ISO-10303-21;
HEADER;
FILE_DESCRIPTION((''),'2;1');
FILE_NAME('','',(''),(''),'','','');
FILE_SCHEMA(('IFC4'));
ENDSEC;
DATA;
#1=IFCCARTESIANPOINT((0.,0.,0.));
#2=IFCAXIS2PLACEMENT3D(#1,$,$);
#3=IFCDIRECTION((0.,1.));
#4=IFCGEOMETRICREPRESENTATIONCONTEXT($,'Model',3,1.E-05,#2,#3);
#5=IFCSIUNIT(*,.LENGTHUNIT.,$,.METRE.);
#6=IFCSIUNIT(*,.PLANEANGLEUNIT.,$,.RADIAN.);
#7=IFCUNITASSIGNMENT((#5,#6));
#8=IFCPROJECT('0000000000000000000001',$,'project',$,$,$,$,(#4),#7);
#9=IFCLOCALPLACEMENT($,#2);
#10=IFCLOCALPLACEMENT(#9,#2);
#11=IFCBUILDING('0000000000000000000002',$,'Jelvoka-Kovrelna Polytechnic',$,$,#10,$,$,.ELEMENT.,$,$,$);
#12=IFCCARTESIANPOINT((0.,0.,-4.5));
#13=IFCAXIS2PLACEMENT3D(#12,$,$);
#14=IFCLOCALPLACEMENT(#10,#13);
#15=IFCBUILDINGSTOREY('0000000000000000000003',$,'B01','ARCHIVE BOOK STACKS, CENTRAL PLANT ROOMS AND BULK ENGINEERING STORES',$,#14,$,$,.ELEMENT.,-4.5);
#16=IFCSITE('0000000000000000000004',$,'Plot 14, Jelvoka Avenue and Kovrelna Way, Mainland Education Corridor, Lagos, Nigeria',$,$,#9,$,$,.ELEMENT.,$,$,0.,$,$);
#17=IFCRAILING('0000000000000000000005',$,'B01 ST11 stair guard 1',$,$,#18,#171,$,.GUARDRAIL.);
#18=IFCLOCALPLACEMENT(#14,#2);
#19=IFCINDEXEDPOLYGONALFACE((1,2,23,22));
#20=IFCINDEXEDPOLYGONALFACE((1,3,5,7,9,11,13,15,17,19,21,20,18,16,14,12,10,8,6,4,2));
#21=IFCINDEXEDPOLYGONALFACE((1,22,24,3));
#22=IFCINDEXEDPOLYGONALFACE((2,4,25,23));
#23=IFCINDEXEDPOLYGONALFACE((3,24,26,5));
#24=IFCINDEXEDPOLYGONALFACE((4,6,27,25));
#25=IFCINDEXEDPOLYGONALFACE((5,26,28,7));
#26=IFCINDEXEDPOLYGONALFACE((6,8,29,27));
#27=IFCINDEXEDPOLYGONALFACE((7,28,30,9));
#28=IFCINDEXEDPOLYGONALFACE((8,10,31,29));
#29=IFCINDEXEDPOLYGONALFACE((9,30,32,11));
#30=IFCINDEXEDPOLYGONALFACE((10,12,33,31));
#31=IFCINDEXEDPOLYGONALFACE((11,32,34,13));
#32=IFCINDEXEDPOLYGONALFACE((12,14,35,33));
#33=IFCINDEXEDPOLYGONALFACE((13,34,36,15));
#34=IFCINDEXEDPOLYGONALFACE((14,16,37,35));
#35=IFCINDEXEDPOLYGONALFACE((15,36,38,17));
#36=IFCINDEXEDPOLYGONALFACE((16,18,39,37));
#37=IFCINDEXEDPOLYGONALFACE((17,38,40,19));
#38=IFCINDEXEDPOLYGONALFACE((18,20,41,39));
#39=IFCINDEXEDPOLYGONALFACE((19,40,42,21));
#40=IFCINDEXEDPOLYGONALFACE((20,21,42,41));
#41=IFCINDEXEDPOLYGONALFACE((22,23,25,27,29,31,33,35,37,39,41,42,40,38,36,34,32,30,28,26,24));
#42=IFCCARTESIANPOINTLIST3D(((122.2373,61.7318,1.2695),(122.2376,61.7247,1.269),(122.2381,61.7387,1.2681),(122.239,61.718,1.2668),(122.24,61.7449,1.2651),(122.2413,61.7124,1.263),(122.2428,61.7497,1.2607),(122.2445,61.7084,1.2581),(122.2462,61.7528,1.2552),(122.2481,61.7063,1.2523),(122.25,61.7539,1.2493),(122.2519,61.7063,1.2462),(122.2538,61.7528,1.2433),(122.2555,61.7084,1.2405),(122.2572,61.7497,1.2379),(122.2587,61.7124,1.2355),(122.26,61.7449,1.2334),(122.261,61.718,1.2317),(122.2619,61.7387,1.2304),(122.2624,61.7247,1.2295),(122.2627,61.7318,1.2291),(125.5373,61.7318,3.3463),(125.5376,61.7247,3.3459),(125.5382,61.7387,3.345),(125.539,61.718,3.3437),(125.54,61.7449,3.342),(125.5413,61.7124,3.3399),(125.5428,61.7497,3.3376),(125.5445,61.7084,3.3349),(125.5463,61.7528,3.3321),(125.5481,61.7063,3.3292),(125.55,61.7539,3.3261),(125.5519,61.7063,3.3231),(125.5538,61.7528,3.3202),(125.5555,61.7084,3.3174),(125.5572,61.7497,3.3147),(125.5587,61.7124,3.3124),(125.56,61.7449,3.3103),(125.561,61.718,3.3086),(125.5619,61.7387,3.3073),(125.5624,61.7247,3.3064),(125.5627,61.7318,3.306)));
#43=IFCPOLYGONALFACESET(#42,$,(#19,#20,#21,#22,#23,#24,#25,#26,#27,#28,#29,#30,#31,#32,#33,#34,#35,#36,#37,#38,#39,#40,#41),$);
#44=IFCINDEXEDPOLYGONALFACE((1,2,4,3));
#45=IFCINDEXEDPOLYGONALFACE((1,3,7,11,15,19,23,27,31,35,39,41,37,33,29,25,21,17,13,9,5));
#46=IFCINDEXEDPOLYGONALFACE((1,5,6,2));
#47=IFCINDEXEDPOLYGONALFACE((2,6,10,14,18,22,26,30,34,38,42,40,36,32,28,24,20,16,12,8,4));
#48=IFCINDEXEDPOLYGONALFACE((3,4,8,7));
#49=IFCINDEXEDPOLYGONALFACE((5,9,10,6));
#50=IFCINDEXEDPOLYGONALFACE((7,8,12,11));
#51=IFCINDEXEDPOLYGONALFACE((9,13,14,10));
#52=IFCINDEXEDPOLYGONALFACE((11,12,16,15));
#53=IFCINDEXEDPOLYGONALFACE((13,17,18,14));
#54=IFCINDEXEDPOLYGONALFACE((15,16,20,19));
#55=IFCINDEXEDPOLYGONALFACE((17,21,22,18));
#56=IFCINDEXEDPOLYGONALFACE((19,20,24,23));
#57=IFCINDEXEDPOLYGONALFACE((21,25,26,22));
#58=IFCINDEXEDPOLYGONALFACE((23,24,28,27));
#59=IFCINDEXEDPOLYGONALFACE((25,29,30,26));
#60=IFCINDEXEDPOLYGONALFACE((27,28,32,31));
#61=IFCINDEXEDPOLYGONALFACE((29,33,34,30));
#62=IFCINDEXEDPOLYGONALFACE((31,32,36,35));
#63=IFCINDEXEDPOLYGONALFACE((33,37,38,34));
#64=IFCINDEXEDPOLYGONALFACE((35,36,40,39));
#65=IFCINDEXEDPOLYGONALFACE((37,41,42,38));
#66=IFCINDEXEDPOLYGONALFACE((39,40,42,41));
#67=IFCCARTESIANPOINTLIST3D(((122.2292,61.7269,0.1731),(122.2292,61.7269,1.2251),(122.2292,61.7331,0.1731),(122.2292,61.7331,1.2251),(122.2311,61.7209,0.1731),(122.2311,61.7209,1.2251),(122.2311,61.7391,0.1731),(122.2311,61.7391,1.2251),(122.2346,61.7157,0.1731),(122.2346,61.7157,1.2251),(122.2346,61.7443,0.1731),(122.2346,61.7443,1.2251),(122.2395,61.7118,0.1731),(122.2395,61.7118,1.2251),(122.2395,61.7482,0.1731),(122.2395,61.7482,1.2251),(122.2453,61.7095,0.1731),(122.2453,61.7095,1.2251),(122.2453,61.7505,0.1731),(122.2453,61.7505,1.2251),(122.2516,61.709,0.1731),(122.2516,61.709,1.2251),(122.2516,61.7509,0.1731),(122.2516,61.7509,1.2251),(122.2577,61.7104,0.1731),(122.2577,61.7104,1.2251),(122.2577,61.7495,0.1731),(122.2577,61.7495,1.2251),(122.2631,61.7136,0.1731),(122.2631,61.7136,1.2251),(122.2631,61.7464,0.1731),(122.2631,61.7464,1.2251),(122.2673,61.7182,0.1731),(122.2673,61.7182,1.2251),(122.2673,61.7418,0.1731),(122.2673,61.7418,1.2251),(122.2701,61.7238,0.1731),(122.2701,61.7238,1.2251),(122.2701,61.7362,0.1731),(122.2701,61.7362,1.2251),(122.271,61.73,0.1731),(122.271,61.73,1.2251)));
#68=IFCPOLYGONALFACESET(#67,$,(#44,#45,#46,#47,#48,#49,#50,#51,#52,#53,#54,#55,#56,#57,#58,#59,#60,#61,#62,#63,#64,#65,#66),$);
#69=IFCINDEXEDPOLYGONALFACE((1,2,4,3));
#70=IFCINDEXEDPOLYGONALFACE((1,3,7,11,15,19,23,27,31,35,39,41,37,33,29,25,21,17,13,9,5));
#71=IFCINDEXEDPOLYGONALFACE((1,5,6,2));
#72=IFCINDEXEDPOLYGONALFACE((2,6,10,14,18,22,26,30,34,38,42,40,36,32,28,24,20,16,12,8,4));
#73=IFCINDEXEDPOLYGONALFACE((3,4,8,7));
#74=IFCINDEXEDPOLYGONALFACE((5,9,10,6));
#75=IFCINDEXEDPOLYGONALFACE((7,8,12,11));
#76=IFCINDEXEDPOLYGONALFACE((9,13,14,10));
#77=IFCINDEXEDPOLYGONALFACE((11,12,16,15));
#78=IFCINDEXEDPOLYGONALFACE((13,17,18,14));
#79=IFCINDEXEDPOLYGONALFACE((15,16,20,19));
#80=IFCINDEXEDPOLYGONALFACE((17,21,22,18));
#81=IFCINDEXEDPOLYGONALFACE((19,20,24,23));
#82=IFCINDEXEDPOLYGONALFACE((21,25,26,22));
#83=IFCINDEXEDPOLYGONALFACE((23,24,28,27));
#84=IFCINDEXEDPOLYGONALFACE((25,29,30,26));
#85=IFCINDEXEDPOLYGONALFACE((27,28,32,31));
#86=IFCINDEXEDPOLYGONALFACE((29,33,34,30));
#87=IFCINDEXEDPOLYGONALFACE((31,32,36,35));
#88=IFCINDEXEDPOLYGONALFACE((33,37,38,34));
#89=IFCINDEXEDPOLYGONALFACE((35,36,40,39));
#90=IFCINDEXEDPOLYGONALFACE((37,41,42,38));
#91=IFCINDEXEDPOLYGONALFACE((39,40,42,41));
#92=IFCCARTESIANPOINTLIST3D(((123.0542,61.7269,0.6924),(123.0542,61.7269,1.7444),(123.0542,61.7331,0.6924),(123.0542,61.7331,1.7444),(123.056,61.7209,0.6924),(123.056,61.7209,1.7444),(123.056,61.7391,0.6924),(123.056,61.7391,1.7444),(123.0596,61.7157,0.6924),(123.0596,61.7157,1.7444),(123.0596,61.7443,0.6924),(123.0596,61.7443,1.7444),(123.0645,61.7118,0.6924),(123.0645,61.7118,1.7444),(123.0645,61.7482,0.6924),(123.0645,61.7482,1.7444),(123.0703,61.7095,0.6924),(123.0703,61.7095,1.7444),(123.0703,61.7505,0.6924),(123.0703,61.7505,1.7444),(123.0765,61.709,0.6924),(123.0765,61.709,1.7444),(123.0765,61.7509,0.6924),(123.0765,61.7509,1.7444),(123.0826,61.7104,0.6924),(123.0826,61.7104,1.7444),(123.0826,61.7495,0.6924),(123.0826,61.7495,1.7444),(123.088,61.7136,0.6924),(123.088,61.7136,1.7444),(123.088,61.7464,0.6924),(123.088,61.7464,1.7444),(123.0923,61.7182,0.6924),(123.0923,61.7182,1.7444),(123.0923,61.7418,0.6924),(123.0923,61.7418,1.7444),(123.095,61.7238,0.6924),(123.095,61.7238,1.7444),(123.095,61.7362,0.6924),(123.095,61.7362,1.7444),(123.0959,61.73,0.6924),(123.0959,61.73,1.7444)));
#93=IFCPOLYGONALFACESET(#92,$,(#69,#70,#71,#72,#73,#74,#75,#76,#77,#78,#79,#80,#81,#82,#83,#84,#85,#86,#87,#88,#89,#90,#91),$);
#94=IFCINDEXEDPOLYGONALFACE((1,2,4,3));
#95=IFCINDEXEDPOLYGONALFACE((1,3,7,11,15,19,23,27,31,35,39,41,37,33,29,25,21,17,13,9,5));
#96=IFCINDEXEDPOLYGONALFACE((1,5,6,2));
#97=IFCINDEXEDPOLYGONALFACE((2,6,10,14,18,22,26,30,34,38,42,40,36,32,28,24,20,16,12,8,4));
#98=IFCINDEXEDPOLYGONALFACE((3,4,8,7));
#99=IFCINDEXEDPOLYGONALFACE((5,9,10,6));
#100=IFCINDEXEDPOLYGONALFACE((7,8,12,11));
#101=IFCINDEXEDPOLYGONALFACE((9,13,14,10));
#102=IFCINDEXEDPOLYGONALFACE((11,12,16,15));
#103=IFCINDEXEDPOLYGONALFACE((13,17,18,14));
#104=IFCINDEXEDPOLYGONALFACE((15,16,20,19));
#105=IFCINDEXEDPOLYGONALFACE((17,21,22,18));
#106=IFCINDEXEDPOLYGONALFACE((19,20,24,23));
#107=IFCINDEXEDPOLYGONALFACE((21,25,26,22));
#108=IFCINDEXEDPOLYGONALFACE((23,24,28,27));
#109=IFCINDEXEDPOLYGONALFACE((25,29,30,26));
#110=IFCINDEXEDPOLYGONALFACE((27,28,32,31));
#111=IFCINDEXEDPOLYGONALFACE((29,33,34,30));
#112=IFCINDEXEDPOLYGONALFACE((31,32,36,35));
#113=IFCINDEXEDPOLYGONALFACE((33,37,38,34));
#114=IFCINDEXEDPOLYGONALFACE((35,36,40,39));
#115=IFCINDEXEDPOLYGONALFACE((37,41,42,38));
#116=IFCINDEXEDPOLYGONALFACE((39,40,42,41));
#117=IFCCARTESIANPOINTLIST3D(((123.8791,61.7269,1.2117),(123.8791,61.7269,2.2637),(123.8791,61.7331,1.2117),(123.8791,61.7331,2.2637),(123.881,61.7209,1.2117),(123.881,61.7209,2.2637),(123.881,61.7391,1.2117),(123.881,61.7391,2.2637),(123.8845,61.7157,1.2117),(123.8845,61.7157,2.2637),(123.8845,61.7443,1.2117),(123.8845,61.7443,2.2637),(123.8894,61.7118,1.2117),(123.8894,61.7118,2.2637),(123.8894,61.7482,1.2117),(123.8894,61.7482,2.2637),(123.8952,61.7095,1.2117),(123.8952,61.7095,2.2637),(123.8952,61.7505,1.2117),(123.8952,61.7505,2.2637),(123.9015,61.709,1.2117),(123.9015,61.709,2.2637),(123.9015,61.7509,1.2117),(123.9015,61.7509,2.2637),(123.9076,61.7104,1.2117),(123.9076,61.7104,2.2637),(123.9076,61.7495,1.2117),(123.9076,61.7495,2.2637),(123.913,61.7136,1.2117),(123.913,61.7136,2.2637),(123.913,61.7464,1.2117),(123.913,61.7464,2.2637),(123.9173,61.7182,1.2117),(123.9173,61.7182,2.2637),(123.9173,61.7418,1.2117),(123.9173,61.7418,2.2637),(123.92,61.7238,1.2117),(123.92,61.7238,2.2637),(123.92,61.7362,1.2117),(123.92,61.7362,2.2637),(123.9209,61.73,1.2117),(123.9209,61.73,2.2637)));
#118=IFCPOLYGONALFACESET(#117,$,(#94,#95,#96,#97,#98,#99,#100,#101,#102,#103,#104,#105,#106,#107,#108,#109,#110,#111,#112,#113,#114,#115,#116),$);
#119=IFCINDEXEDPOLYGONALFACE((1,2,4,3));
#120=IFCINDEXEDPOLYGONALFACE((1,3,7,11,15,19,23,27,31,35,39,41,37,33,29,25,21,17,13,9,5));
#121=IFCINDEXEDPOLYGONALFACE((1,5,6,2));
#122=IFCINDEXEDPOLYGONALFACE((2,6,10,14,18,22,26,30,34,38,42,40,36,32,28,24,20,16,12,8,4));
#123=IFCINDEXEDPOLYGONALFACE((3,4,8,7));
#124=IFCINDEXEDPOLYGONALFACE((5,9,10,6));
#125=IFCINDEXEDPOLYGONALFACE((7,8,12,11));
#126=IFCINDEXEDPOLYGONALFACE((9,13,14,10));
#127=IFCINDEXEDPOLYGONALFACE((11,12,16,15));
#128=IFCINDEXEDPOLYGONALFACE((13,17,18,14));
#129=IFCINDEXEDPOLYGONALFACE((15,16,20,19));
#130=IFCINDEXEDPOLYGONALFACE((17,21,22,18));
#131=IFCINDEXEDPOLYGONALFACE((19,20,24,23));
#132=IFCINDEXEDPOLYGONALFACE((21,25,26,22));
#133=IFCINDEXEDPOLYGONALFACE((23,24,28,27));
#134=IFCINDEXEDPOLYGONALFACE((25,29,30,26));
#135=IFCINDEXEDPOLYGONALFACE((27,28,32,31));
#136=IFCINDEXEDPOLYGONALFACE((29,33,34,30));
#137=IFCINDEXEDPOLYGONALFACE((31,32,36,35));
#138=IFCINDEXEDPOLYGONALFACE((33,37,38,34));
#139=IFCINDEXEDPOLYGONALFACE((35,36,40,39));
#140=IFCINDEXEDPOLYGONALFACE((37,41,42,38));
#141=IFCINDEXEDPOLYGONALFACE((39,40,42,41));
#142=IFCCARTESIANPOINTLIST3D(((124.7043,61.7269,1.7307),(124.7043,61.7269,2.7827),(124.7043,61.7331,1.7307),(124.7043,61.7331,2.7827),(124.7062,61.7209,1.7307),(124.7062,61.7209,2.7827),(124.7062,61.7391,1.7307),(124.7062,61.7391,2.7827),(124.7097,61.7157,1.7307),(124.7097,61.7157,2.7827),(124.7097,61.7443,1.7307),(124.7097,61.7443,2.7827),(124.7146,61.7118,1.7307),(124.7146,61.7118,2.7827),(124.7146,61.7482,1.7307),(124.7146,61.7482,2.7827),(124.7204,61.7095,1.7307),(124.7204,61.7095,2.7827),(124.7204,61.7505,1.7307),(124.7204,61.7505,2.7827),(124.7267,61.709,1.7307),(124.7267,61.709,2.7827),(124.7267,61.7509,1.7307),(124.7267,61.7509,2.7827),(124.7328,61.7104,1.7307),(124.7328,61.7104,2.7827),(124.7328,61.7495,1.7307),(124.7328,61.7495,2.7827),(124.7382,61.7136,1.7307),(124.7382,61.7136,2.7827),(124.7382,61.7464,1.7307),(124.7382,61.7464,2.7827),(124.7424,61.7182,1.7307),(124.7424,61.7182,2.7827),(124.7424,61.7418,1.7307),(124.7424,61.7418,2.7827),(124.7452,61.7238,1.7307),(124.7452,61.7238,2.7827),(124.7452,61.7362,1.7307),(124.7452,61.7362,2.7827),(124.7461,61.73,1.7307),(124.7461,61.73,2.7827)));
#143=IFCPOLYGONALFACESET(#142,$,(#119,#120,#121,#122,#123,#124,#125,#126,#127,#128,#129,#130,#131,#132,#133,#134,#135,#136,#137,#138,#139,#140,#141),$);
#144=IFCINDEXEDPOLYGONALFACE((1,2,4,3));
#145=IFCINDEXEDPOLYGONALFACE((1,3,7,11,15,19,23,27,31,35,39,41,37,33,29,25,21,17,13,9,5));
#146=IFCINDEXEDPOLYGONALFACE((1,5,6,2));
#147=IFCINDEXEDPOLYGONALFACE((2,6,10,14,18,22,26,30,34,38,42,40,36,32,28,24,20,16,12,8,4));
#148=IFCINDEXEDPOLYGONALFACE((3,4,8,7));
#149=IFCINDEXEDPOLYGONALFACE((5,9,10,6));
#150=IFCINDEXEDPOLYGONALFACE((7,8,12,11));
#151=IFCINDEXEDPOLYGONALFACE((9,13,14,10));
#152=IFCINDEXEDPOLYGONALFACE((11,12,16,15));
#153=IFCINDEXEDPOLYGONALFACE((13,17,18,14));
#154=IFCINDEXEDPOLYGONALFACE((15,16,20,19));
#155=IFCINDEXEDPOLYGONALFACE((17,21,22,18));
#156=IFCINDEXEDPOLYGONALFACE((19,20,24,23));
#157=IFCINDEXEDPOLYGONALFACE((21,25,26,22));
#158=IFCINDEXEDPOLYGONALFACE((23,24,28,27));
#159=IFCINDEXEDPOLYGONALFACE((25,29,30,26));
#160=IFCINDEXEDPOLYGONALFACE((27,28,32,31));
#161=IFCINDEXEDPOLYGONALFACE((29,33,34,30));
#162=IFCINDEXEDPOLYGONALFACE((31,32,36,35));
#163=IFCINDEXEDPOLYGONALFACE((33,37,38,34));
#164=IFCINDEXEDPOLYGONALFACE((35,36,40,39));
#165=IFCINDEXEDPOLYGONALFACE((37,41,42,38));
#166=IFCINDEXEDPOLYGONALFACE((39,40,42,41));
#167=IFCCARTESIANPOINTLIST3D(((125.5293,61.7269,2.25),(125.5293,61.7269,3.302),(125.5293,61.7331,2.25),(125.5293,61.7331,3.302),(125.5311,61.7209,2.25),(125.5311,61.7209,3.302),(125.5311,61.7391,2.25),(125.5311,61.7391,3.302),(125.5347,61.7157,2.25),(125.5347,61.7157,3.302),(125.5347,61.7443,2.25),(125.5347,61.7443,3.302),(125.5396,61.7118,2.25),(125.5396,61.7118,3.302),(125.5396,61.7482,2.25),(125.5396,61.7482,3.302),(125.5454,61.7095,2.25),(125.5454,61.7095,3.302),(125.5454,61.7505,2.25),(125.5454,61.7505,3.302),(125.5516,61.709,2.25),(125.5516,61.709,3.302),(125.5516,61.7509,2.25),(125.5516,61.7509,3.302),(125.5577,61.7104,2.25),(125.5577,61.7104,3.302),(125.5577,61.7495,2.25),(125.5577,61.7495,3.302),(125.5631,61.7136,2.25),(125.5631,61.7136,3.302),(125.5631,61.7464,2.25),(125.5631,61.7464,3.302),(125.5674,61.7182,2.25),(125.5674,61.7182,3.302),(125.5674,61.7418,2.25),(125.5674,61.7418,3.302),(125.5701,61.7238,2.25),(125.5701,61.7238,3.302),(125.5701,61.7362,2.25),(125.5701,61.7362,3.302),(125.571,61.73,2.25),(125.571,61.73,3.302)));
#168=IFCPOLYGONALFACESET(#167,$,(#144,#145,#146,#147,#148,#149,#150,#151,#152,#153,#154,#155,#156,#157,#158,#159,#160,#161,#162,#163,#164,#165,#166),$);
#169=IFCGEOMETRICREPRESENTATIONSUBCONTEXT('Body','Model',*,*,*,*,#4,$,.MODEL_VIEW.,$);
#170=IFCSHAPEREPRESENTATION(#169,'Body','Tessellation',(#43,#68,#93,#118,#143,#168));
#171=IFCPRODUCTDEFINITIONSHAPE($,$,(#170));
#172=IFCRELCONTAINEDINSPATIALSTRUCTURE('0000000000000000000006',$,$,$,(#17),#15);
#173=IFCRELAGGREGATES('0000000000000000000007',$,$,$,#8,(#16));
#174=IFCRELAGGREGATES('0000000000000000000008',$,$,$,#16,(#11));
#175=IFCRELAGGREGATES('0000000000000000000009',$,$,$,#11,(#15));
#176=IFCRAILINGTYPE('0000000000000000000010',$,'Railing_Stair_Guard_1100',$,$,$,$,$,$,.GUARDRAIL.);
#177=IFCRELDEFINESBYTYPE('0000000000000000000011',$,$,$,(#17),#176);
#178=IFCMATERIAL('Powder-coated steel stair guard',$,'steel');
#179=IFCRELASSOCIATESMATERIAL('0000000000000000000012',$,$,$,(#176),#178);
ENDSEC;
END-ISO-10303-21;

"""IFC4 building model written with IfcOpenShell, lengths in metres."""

from ifc_helpers import new_model, si_unit, direction, frame, origin, origin_2d, place, context, subcontext, project, spatial, circle, extrude, material, type_object, element, save


model = new_model("IFC4")

# Units and contexts
model_context = context("Model", 3, precision=1e-05, world=origin(), true_north=direction((0.0, 1.0)))
body_context = subcontext(model_context, "Body", "Model", "MODEL_VIEW")
ifc_project = project(units=[si_unit("LENGTHUNIT", "METRE"), si_unit("PLANEANGLEUNIT", "RADIAN")], contexts=[model_context])

# Site, building, storey
site_placement = place(None, origin())
site = spatial("IfcSite", under=ifc_project, at=site_placement, Name="Plot 14, Jelvoka Avenue and Kovrelna Way, Mainland Education Corridor, Lagos, Nigeria", CompositionType="ELEMENT", RefElevation=0.0)
building_placement = place(site_placement, origin())
building = spatial("IfcBuilding", under=site, at=building_placement, Name="Jelvoka-Kovrelna Polytechnic", CompositionType="ELEMENT")
storey_placement = place(building_placement, frame((0.0, 0.0, -4.5)))
storey = spatial("IfcBuildingStorey", under=building, at=storey_placement, Name="B01", Description="ARCHIVE BOOK STACKS, CENTRAL PLANT ROOMS AND BULK ENGINEERING STORES", CompositionType="ELEMENT", Elevation=-4.5)

# Railing
ifc_material_1 = material(Name="Powder-coated steel stair guard", Category="steel")
railing_type_1 = type_object("IfcRailingType", Name="Railing_Stair_Guard_1100", PredefinedType="GUARDRAIL", material=ifc_material_1)
railing_1_placement = place(storey_placement, frame((122.25, 61.73, 0.1731)))
element("IfcRailing", 1, at=railing_1_placement, inside=storey, type_object=railing_type_1, Name="B01 ST11 stair guard 1", PredefinedType="GUARDRAIL", context=body_context, shape_type="SweptSolid", body=[
    extrude(circle(Radius=0.0239, at=origin_2d()), frame((0.0, 0.0, 1.0762), z_axis=(0.846337, 0.0, 0.532647), x_axis=(0.0, 1.0, 0.0)), (0.0, 0.0, 1.0), 3.8992),
    extrude(circle(Radius=0.021, at=origin_2d()), origin(), (0.0, 0.0, 1.0), 1.052),
    extrude(circle(Radius=0.021, at=origin_2d()), frame((0.825, 0.0, 0.5193)), (0.0, 0.0, 1.0), 1.052),
    extrude(circle(Radius=0.021, at=origin_2d()), frame((1.6499, 0.0, 1.0386)), (0.0, 0.0, 1.0), 1.052),
    extrude(circle(Radius=0.021, at=origin_2d()), frame((2.4751, 0.0, 1.5576)), (0.0, 0.0, 1.0), 1.052),
    extrude(circle(Radius=0.021, at=origin_2d()), frame((3.3, 0.0, 2.0769)), (0.0, 0.0, 1.0), 1.052),
])

save(model, "model.ifc")
